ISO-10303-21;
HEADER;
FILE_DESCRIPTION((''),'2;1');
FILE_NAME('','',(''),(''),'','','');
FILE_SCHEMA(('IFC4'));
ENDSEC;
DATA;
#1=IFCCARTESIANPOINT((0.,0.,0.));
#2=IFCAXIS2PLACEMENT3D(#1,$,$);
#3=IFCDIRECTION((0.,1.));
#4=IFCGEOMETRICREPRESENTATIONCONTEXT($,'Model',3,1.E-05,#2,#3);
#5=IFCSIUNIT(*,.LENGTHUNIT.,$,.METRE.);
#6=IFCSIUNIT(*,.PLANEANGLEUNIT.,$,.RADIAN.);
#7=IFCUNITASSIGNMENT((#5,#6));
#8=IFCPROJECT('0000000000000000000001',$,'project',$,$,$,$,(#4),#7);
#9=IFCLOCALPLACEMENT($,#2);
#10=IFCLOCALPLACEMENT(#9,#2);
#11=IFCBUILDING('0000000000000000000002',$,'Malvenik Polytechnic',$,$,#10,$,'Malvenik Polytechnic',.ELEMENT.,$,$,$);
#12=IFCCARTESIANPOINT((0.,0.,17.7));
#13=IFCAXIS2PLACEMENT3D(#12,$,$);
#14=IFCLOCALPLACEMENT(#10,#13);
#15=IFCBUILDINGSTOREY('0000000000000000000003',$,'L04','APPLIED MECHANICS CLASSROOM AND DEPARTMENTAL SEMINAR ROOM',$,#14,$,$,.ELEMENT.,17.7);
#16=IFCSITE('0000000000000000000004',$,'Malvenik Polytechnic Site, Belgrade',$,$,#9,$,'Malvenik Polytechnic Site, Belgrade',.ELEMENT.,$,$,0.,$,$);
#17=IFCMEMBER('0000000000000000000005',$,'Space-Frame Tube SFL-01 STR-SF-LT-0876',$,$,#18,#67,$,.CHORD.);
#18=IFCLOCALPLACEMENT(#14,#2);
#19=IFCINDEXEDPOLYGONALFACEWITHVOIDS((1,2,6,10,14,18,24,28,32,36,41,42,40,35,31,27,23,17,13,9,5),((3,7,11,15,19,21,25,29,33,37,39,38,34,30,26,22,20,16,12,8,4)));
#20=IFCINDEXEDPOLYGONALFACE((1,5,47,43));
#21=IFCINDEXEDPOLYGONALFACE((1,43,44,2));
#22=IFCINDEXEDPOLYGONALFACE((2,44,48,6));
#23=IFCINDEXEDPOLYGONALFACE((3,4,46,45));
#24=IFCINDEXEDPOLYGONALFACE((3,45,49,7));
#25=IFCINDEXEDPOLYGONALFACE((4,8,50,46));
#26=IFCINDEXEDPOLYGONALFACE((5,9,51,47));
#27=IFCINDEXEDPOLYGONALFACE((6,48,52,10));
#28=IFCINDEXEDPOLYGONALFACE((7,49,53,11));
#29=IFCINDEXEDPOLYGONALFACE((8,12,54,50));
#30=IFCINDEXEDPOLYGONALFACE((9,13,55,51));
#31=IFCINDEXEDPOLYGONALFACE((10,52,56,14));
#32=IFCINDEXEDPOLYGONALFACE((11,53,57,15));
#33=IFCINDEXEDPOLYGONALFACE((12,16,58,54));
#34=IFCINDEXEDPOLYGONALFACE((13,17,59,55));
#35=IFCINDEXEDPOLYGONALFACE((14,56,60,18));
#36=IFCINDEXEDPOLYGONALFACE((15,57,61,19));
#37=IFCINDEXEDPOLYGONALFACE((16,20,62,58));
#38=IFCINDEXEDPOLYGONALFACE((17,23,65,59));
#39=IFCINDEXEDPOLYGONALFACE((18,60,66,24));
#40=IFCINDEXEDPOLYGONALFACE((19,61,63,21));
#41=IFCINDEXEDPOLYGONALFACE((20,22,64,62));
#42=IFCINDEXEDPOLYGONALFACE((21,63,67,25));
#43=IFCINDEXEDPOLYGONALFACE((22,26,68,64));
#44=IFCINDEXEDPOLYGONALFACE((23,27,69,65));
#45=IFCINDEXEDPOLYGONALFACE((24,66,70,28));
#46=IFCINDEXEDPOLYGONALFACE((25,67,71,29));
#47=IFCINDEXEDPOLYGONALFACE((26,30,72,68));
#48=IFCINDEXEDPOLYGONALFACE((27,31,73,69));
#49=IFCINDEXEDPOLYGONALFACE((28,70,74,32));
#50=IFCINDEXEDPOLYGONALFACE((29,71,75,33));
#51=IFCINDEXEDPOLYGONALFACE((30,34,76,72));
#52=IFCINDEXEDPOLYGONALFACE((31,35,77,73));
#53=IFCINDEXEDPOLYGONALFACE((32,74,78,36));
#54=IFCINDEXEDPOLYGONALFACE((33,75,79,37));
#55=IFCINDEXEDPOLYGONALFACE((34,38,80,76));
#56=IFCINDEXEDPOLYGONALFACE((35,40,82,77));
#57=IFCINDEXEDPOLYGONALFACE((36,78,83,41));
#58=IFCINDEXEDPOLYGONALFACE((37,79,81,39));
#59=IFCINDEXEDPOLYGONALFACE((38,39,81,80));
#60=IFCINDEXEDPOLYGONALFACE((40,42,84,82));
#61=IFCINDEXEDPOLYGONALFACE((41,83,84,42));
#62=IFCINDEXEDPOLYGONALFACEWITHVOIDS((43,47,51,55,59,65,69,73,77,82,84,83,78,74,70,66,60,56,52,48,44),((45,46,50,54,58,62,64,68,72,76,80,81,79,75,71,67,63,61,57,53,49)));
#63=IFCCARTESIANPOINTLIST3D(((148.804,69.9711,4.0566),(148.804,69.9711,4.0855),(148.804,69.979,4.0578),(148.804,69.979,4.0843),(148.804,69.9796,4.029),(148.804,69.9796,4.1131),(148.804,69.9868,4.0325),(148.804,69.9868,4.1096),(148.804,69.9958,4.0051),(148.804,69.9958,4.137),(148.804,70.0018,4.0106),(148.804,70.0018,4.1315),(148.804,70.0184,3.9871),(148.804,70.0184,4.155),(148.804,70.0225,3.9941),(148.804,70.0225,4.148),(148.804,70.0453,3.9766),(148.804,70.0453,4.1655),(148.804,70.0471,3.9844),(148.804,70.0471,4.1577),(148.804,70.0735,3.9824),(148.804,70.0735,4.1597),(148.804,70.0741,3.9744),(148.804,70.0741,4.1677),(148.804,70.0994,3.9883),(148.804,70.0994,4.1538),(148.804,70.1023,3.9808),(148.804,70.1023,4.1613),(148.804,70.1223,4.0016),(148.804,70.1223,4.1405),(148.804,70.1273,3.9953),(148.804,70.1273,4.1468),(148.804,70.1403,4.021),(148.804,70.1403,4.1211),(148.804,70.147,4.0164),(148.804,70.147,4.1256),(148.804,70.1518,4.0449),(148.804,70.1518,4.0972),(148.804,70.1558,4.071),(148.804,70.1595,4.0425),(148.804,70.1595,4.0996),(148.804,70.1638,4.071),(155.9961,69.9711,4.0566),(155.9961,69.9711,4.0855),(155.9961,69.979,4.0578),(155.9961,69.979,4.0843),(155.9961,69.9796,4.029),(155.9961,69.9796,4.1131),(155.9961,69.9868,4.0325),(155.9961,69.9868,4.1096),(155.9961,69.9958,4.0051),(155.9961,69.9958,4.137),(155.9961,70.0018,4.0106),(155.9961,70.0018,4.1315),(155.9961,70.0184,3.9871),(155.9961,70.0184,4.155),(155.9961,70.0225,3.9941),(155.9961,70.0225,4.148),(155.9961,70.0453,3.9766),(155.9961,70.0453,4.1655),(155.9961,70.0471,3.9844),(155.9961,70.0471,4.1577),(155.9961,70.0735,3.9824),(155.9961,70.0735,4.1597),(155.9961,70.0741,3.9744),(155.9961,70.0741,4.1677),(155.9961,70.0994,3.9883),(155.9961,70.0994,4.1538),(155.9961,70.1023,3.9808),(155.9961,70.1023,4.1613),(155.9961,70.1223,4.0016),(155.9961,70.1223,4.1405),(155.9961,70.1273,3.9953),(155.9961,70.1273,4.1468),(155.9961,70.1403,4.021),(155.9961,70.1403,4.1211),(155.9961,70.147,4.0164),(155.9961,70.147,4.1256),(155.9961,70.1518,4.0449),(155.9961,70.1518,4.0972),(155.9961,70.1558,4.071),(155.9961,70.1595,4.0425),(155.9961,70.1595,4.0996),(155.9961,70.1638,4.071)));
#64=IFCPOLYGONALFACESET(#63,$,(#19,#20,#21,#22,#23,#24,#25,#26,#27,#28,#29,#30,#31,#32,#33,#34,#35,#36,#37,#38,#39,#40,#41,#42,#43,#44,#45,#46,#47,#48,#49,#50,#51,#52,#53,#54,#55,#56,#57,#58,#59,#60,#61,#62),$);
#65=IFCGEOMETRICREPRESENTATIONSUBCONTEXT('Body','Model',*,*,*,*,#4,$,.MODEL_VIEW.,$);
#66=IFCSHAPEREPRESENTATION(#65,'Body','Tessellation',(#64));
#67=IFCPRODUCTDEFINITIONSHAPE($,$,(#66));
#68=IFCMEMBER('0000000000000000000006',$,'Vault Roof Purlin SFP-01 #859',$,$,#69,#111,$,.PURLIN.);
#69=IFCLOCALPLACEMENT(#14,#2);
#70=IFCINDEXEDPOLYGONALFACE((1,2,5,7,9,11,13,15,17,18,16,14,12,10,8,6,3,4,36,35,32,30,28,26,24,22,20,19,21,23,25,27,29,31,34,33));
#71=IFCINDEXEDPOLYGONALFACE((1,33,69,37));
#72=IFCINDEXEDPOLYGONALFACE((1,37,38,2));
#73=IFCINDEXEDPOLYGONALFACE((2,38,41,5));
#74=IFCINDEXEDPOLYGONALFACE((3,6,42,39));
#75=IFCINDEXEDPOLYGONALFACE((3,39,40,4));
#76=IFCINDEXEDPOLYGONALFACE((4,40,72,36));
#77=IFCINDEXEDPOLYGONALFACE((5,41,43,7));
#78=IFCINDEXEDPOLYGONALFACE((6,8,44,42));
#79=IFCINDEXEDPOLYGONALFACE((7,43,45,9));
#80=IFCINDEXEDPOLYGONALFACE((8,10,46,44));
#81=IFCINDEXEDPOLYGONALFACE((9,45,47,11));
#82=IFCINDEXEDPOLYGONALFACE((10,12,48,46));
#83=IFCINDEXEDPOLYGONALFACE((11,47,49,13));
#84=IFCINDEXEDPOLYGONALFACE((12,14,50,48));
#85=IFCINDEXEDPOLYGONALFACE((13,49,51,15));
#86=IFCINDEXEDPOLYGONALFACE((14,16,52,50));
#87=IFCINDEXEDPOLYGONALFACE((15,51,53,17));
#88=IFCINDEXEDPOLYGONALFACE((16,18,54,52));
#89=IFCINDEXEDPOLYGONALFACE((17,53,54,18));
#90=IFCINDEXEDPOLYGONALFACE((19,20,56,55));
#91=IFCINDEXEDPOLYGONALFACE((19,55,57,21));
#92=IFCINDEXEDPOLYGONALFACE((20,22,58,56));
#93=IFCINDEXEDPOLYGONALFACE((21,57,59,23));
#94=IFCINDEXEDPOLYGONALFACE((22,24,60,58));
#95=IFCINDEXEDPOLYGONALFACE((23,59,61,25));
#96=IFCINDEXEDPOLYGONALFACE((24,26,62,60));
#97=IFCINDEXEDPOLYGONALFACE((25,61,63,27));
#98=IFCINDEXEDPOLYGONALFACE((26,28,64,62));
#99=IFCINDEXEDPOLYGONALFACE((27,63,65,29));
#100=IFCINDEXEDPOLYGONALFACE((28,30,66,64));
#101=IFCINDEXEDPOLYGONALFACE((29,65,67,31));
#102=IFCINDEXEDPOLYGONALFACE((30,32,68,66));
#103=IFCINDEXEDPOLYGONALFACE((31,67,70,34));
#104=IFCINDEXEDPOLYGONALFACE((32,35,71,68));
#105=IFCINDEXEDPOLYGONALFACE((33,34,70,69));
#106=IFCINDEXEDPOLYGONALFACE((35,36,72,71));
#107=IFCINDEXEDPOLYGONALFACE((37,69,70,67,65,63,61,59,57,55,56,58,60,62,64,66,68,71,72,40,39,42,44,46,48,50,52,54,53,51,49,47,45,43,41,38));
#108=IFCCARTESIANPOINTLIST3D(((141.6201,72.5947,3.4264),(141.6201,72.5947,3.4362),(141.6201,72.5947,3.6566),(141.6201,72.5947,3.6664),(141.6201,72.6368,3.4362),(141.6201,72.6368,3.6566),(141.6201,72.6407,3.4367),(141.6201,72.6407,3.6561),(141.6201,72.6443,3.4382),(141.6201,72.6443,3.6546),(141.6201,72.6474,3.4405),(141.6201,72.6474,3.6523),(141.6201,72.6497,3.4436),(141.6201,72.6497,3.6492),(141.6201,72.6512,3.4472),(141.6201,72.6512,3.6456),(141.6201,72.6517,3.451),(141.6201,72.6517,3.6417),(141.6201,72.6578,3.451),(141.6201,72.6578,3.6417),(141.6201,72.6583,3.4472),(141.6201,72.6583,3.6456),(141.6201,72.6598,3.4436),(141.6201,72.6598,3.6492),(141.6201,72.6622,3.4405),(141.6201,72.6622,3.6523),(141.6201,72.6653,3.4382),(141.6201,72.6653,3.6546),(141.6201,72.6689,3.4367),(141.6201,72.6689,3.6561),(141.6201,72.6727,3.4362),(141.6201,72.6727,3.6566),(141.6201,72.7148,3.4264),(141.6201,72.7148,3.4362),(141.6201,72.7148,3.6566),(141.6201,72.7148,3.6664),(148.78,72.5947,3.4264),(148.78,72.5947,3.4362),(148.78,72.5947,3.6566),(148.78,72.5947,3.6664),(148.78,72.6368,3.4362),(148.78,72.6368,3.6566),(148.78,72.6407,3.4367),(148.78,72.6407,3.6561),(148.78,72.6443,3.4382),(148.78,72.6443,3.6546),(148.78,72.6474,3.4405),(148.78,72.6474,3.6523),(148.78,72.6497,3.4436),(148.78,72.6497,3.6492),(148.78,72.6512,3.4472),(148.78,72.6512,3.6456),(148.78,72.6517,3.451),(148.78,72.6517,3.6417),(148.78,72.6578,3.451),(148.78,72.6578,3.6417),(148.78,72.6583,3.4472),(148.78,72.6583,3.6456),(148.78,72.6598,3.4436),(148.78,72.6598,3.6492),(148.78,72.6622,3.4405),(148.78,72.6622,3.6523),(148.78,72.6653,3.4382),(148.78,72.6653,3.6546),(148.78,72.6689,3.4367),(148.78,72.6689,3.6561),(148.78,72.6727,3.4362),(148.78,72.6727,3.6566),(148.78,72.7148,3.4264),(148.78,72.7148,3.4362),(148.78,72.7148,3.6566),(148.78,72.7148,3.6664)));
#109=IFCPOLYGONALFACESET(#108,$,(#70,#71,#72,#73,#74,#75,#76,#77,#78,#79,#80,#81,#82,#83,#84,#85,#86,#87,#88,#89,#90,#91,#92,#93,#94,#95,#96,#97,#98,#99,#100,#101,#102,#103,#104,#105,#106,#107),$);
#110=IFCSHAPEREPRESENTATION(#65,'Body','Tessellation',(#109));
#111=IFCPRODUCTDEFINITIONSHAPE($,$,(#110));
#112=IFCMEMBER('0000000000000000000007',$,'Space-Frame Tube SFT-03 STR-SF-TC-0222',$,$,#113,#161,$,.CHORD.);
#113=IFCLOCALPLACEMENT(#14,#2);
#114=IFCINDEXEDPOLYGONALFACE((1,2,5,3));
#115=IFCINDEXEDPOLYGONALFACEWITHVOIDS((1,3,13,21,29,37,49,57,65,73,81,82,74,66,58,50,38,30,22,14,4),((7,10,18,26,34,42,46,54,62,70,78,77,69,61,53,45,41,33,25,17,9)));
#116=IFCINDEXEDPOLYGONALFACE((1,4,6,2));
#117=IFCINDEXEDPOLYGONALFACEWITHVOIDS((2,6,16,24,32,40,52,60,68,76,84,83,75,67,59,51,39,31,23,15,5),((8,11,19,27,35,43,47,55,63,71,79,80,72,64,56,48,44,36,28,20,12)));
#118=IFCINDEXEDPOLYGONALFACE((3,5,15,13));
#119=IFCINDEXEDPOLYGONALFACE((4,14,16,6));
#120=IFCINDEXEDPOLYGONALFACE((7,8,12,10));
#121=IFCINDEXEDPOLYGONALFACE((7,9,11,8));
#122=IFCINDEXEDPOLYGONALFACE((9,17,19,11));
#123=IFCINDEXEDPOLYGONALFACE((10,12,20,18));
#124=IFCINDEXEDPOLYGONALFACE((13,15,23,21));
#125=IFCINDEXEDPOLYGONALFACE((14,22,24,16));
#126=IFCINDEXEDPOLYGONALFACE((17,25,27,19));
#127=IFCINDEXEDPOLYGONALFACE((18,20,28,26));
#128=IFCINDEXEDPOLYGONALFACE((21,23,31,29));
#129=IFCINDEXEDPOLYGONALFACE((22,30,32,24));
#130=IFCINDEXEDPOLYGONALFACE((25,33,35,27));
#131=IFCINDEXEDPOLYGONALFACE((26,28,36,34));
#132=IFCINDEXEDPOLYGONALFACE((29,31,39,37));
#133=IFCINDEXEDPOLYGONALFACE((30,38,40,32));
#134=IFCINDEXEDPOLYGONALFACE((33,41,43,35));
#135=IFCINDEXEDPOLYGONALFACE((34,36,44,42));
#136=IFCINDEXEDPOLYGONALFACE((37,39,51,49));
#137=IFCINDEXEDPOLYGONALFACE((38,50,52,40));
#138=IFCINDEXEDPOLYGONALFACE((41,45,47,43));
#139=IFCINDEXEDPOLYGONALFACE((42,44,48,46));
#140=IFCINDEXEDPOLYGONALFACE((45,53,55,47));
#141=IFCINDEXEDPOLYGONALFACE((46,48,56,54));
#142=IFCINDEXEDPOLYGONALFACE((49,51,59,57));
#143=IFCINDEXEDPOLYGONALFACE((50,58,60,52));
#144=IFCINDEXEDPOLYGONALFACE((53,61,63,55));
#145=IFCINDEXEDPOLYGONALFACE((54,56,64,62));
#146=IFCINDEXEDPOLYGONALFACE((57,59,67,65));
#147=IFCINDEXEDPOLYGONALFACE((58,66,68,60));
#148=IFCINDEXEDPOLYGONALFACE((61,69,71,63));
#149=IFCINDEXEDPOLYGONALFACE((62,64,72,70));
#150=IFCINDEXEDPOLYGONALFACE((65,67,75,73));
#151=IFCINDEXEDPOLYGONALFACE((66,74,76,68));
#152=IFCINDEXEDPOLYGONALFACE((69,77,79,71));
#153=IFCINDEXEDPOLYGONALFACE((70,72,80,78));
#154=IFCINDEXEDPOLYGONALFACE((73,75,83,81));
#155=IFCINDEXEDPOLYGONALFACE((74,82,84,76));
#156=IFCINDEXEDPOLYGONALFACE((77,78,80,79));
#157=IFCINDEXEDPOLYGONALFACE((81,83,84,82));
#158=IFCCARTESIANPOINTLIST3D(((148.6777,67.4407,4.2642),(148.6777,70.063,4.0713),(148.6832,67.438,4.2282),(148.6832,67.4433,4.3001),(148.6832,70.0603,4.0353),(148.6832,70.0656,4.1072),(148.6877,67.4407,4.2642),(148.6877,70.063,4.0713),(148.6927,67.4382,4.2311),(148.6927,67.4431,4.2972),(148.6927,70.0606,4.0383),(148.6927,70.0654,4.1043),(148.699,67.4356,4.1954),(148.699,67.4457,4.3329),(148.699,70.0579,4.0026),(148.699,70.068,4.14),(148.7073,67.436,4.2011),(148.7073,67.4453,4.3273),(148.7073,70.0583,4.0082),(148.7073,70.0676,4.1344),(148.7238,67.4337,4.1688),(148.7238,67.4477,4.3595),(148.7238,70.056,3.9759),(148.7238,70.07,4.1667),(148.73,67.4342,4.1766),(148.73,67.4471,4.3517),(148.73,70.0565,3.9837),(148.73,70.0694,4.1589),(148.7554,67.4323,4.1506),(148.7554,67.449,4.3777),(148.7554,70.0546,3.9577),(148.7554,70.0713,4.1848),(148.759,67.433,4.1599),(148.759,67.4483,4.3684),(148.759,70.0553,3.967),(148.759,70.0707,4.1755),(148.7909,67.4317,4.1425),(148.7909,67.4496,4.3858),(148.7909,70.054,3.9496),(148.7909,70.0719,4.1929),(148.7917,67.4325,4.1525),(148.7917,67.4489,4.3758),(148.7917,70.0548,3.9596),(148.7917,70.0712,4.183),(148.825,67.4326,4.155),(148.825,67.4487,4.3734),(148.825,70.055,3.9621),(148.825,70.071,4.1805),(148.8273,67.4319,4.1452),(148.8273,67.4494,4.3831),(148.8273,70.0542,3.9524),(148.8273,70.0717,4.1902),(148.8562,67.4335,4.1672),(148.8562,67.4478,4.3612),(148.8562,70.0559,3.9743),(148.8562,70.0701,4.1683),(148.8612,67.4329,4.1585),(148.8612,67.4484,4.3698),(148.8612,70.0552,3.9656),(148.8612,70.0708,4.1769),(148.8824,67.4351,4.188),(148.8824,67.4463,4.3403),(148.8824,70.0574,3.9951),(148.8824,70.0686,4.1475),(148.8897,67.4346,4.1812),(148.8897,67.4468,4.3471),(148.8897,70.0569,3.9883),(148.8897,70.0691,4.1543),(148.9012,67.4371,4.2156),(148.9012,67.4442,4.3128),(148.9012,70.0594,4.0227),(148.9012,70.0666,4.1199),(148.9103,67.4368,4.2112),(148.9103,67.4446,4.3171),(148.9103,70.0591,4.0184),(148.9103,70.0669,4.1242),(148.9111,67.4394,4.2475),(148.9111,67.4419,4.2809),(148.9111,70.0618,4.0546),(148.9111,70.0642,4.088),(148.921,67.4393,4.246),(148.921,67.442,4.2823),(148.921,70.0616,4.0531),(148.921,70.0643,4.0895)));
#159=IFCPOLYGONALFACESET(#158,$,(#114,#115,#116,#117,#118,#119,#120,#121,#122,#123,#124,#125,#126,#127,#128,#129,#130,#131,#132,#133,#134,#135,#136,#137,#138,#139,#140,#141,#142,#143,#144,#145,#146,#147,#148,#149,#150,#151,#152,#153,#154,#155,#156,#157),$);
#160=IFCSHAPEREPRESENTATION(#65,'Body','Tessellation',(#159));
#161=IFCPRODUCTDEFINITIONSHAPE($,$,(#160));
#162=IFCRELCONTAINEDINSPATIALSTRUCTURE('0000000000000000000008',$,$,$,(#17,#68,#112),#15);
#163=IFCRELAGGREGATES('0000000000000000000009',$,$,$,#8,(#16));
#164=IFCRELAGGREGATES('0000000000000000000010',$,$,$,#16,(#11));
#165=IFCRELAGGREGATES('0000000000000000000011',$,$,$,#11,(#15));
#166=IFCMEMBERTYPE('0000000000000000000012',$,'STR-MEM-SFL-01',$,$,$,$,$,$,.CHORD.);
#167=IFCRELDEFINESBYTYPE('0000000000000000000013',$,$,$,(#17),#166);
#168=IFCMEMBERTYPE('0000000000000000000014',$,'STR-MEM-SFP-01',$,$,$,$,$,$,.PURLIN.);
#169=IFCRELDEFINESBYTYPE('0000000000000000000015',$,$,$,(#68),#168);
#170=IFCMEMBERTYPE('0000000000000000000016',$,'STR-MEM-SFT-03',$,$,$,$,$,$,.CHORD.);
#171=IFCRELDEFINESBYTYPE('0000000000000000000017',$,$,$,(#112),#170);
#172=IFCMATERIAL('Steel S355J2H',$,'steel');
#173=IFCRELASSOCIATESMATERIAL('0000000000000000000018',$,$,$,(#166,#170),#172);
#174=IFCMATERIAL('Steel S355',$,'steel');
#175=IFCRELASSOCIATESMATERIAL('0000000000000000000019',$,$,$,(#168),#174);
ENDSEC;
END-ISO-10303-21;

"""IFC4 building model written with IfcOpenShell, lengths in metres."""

from ifc_helpers import new_model, si_unit, direction, frame, origin, origin_2d, place, context, subcontext, project, spatial, hollow_circle, i_section, extrude, material, material_profile, profile_set, type_object, element, save


model = new_model("IFC4")

# Units and contexts
model_context = context("Model", 3, precision=1e-05, world=origin(), true_north=direction((0.0, 1.0)))
body_context = subcontext(model_context, "Body", "Model", "MODEL_VIEW")
ifc_project = project(units=[si_unit("LENGTHUNIT", "METRE"), si_unit("PLANEANGLEUNIT", "RADIAN")], contexts=[model_context])

# Site, building, storey
site_placement = place(None, origin())
site = spatial("IfcSite", under=ifc_project, at=site_placement, Name="Malvenik Polytechnic Site, Belgrade", LongName="Malvenik Polytechnic Site, Belgrade", CompositionType="ELEMENT", RefElevation=0.0)
building_placement = place(site_placement, origin())
building = spatial("IfcBuilding", under=site, at=building_placement, Name="Malvenik Polytechnic", LongName="Malvenik Polytechnic", CompositionType="ELEMENT")
storey_placement = place(building_placement, frame((0.0, 0.0, 17.7)))
storey = spatial("IfcBuildingStorey", under=building, at=storey_placement, Name="L04", Description="APPLIED MECHANICS CLASSROOM AND DEPARTMENTAL SEMINAR ROOM", CompositionType="ELEMENT", Elevation=17.7)

# Members
ifc_material_1 = material(Name="Steel S355J2H", Category="steel")
ifc_material_profile_1 = material_profile(ifc_material_1, hollow_circle(Radius=0.0969, WallThickness=0.0081, at=origin_2d()), Name="CHS 193.7x8.0")
ifc_profile_set_1 = profile_set([ifc_material_profile_1], Name="Steel S355J2H")
member_type_1 = type_object("IfcMemberType", Name="STR-MEM-SFL-01", PredefinedType="CHORD", material=ifc_profile_set_1)
for number, where, z_axis, x_axis, name in (
    (1, (148.804, 70.0669, 4.071), (1.0, 0.0, 0.0), (0.0, 1.0, 0.0), "Space-Frame Tube SFL-01 STR-SF-LT-0876"),
):
    element("IfcMember", number, at=place(storey_placement, frame(where, z_axis=z_axis, x_axis=x_axis)), inside=storey, type_object=member_type_1, Name=name, PredefinedType="CHORD", context=body_context, shape_type="SweptSolid", body=[
        extrude(hollow_circle(Radius=0.0969, WallThickness=0.0081, at=origin_2d()), origin(), (0.0, 0.0, 1.0), 7.1921),
    ])
ifc_material_2 = material(Name="Steel S355", Category="steel")
ifc_material_profile_2 = material_profile(ifc_material_2, i_section(OverallWidth=0.1201, OverallDepth=0.24, WebThickness=0.0061, FlangeThickness=0.0098, FilletRadius=0.0149, at=origin_2d()), Name="IPE 240")
ifc_profile_set_2 = profile_set([ifc_material_profile_2], Name="Steel S355")
member_type_2 = type_object("IfcMemberType", Name="STR-MEM-SFP-01", PredefinedType="PURLIN", material=ifc_profile_set_2)
member_1_placement = place(storey_placement, frame((141.6201, 72.6548, 3.5464), z_axis=(1.0, 0.0, 0.0), x_axis=(0.0, 1.0, 0.0)))
element("IfcMember", 2, at=member_1_placement, inside=storey, type_object=member_type_2, Name="Vault Roof Purlin SFP-01 #859", PredefinedType="PURLIN", context=body_context, shape_type="SweptSolid", body=[
    extrude(i_section(OverallWidth=0.1201, OverallDepth=0.24, WebThickness=0.0061, FlangeThickness=0.0098, FilletRadius=0.0149, at=origin_2d()), origin(), (0.0, 0.0, 1.0), 7.1599),
])
ifc_material_profile_3 = material_profile(ifc_material_1, hollow_circle(Radius=0.1223, WallThickness=0.01, at=origin_2d()), Name="CHS 244.5x10.0")
ifc_profile_set_3 = profile_set([ifc_material_profile_3], Name="Steel S355J2H")
member_type_3 = type_object("IfcMemberType", Name="STR-MEM-SFT-03", PredefinedType="CHORD", material=ifc_profile_set_3)
for number, where, z_axis, x_axis, name in (
    (3, (148.8, 67.4407, 4.2642), (0.0, 0.997306, -0.073352), (-1.0, 0.0, 0.0), "Space-Frame Tube SFT-03 STR-SF-TC-0222"),
):
    element("IfcMember", number, at=place(storey_placement, frame(where, z_axis=z_axis, x_axis=x_axis)), inside=storey, type_object=member_type_3, Name=name, PredefinedType="CHORD", context=body_context, shape_type="SweptSolid", body=[
        extrude(hollow_circle(Radius=0.1223, WallThickness=0.01, at=origin_2d()), origin(), (0.0, 0.0, 1.0), 2.6294),
    ])

save(model, "model.ifc")
